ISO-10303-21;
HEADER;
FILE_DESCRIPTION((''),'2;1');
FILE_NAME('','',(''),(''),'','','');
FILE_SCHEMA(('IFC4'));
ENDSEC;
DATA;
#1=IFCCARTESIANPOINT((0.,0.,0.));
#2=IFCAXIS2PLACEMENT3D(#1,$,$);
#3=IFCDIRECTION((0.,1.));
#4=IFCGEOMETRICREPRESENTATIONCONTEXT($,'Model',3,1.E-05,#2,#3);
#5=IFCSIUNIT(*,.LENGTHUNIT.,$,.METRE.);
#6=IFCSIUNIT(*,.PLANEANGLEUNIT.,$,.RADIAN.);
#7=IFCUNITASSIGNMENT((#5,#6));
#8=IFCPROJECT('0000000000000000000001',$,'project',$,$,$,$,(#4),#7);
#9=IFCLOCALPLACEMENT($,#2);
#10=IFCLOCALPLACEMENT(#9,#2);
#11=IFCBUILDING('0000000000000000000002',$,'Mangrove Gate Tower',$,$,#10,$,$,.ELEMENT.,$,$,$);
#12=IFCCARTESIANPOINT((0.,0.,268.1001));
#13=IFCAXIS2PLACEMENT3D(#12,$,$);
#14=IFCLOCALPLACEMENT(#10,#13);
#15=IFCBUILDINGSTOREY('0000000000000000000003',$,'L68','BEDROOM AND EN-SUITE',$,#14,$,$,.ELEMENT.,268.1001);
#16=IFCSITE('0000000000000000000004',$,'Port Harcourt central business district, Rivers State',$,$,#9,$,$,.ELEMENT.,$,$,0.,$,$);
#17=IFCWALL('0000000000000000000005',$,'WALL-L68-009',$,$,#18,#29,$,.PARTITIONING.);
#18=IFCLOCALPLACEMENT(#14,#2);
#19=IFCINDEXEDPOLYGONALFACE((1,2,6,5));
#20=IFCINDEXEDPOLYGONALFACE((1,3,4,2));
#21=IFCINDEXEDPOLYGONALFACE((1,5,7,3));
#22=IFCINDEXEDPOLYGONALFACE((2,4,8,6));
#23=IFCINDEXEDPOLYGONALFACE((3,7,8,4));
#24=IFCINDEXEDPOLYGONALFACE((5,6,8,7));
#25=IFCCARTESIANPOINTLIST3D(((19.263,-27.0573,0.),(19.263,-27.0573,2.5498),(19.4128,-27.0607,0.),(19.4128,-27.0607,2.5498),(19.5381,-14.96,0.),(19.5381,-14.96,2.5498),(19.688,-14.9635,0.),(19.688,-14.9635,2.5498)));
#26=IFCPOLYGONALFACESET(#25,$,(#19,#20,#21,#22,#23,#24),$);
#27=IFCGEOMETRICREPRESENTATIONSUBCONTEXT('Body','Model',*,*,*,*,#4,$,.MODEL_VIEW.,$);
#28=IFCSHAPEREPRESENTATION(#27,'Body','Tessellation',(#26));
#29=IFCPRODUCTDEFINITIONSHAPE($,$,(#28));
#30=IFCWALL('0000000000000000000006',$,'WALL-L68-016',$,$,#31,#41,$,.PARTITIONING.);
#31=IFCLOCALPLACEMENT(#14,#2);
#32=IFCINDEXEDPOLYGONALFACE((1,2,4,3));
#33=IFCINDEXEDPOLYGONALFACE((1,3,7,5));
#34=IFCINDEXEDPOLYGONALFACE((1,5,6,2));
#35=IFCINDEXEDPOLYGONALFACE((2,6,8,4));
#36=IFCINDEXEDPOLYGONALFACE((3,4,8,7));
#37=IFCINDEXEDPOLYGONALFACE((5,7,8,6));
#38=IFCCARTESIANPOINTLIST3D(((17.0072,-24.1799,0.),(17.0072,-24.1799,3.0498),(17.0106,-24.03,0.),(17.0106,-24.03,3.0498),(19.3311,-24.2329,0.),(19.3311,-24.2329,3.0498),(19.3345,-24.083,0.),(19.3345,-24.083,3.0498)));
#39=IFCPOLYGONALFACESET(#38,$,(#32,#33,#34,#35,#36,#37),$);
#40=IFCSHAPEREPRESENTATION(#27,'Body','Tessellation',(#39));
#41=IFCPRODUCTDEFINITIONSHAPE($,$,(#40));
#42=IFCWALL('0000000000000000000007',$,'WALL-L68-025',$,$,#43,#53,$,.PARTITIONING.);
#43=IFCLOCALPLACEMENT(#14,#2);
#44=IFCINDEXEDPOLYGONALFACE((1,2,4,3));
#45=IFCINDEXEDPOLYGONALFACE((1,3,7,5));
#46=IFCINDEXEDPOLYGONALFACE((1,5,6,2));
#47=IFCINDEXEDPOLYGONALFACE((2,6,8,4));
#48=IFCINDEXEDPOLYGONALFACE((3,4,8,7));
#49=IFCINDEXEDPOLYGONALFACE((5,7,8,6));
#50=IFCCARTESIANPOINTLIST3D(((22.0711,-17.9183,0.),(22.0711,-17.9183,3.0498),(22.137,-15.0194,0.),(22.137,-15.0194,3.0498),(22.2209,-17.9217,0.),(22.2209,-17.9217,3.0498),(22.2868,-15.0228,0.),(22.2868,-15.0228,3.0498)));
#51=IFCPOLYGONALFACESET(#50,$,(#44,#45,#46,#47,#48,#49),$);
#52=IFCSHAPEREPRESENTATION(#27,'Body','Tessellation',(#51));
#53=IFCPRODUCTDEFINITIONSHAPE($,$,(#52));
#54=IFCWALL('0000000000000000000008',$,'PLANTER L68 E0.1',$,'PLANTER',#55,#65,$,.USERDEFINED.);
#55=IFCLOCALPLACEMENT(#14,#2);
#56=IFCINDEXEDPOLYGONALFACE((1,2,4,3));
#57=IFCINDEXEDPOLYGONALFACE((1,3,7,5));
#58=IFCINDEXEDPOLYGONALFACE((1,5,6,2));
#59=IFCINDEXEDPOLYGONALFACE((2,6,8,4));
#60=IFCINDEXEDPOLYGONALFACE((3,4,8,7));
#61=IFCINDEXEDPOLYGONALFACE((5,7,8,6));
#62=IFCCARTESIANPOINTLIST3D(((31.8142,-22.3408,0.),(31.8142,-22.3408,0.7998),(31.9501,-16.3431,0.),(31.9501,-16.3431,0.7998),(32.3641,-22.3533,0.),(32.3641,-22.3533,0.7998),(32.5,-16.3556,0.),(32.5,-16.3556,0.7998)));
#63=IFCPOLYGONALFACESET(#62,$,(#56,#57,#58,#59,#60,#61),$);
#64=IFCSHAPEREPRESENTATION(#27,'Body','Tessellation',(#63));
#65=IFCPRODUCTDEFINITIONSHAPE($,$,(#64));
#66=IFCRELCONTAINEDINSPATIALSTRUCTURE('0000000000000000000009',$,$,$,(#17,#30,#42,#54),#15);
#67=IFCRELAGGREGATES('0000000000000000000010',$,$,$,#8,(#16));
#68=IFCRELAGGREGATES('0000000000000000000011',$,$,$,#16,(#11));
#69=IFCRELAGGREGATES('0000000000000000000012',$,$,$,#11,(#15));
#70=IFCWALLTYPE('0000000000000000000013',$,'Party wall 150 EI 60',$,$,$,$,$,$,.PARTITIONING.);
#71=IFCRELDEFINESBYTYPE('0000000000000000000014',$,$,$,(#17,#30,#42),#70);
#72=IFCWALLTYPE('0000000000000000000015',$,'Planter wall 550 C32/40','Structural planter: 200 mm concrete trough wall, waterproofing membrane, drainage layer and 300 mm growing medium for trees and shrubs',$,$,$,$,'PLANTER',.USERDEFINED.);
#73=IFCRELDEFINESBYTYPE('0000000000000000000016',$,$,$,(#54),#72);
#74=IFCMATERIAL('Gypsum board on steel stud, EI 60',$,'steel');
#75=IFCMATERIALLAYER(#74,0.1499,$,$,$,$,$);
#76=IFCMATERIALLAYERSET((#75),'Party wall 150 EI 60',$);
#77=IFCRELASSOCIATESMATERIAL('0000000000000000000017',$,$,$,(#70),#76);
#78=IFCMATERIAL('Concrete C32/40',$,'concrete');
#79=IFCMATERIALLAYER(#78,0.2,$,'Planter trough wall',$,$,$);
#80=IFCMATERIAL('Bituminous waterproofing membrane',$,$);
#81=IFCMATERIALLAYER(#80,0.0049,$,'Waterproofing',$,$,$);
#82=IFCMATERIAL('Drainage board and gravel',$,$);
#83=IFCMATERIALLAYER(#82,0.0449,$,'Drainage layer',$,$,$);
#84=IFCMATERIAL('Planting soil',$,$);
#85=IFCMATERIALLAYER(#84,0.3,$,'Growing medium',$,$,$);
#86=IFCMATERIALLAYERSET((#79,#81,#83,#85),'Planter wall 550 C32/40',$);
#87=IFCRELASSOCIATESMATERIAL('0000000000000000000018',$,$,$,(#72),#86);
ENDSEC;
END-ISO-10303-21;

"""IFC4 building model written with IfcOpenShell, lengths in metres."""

from ifc_helpers import new_model, si_unit, direction, frame, frame_2d, origin, place, context, subcontext, project, spatial, rectangle, extrude, material, layer, layer_set, type_object, element, save


model = new_model("IFC4")

# Units and contexts
model_context = context("Model", 3, precision=1e-05, world=origin(), true_north=direction((0.0, 1.0)))
body_context = subcontext(model_context, "Body", "Model", "MODEL_VIEW")
ifc_project = project(units=[si_unit("LENGTHUNIT", "METRE"), si_unit("PLANEANGLEUNIT", "RADIAN")], contexts=[model_context])

# Site, building, storey
site_placement = place(None, origin())
site = spatial("IfcSite", under=ifc_project, at=site_placement, Name="Port Harcourt central business district, Rivers State", CompositionType="ELEMENT", RefElevation=0.0)
building_placement = place(site_placement, origin())
building = spatial("IfcBuilding", under=site, at=building_placement, Name="Mangrove Gate Tower", CompositionType="ELEMENT")
storey_placement = place(building_placement, frame((0.0, 0.0, 268.1001)))
storey = spatial("IfcBuildingStorey", under=building, at=storey_placement, Name="L68", Description="BEDROOM AND EN-SUITE", CompositionType="ELEMENT", Elevation=268.1001)

# Walls
ifc_material_1 = material(Name="Gypsum board on steel stud, EI 60", Category="steel")
ifc_layer_1 = layer(ifc_material_1, 0.1499)
ifc_layer_set_1 = layer_set([ifc_layer_1], Name="Party wall 150 EI 60")
wall_type_1 = type_object("IfcWallType", Name="Party wall 150 EI 60", PredefinedType="PARTITIONING", material=ifc_layer_set_1)
wall_1_placement = place(storey_placement, frame((19.3379, -27.0591, 0.0), z_axis=(0.0, 0.0, 1.0), x_axis=(0.022739, 0.999741, 0.0)))
element("IfcWall", 1, at=wall_1_placement, inside=storey, type_object=wall_type_1, Name="WALL-L68-009", PredefinedType="PARTITIONING", context=body_context, shape_type="SweptSolid", body=[
    extrude(rectangle(XDim=12.1003, YDim=0.1499, at=frame_2d((6.0503, 0.0))), origin(), (0.0, 0.0, 1.0), 2.5498),
])
wall_2_placement = place(storey_placement, frame((17.009, -24.105, 0.0), z_axis=(0.0, 0.0, 1.0), x_axis=(0.99974, -0.022791, 0.0)))
element("IfcWall", 2, at=wall_2_placement, inside=storey, type_object=wall_type_1, Name="WALL-L68-016", PredefinedType="PARTITIONING", context=body_context, shape_type="SweptSolid", body=[
    extrude(rectangle(XDim=2.3245, YDim=0.1499, at=frame_2d((1.1621, 0.0))), origin(), (0.0, 0.0, 1.0), 3.0498),
])
wall_3_placement = place(storey_placement, frame((22.146, -17.9199, 0.0), z_axis=(0.0, 0.0, 1.0), x_axis=(0.022733, 0.999742, 0.0)))
element("IfcWall", 3, at=wall_3_placement, inside=storey, type_object=wall_type_1, Name="WALL-L68-025", PredefinedType="PARTITIONING", context=body_context, shape_type="SweptSolid", body=[
    extrude(rectangle(XDim=2.8997, YDim=0.1499, at=frame_2d((1.4497, 0.0))), origin(), (0.0, 0.0, 1.0), 3.0498),
])
ifc_material_2 = material(Name="Concrete C32/40", Category="concrete")
ifc_layer_2 = layer(ifc_material_2, 0.2, Name="Planter trough wall")
ifc_material_3 = material(Name="Bituminous waterproofing membrane")
ifc_layer_3 = layer(ifc_material_3, 0.0049, Name="Waterproofing")
ifc_material_4 = material(Name="Drainage board and gravel")
ifc_layer_4 = layer(ifc_material_4, 0.0449, Name="Drainage layer")
ifc_material_5 = material(Name="Planting soil")
ifc_layer_5 = layer(ifc_material_5, 0.3, Name="Growing medium")
ifc_layer_set_2 = layer_set([ifc_layer_2, ifc_layer_3, ifc_layer_4, ifc_layer_5], Name="Planter wall 550 C32/40")
wall_type_2 = type_object("IfcWallType", Name="Planter wall 550 C32/40", Description="Structural planter: 200 mm concrete trough wall, waterproofing membrane, drainage layer and 300 mm growing medium for trees and shrubs", ElementType="PLANTER", PredefinedType="USERDEFINED", material=ifc_layer_set_2)
wall_4_placement = place(storey_placement, frame((32.0891, -22.3469, 0.0), z_axis=(0.0, 0.0, 1.0), x_axis=(0.022667, 0.999743, 0.0)))
element("IfcWall", 4, at=wall_4_placement, inside=storey, type_object=wall_type_2, Name="PLANTER L68 E0.1", ObjectType="PLANTER", PredefinedType="USERDEFINED", context=body_context, shape_type="SweptSolid", body=[
    extrude(rectangle(XDim=5.9993, YDim=0.55, at=frame_2d((2.9995, 0.0))), origin(), (0.0, 0.0, 1.0), 0.7998),
])

save(model, "model.ifc")
